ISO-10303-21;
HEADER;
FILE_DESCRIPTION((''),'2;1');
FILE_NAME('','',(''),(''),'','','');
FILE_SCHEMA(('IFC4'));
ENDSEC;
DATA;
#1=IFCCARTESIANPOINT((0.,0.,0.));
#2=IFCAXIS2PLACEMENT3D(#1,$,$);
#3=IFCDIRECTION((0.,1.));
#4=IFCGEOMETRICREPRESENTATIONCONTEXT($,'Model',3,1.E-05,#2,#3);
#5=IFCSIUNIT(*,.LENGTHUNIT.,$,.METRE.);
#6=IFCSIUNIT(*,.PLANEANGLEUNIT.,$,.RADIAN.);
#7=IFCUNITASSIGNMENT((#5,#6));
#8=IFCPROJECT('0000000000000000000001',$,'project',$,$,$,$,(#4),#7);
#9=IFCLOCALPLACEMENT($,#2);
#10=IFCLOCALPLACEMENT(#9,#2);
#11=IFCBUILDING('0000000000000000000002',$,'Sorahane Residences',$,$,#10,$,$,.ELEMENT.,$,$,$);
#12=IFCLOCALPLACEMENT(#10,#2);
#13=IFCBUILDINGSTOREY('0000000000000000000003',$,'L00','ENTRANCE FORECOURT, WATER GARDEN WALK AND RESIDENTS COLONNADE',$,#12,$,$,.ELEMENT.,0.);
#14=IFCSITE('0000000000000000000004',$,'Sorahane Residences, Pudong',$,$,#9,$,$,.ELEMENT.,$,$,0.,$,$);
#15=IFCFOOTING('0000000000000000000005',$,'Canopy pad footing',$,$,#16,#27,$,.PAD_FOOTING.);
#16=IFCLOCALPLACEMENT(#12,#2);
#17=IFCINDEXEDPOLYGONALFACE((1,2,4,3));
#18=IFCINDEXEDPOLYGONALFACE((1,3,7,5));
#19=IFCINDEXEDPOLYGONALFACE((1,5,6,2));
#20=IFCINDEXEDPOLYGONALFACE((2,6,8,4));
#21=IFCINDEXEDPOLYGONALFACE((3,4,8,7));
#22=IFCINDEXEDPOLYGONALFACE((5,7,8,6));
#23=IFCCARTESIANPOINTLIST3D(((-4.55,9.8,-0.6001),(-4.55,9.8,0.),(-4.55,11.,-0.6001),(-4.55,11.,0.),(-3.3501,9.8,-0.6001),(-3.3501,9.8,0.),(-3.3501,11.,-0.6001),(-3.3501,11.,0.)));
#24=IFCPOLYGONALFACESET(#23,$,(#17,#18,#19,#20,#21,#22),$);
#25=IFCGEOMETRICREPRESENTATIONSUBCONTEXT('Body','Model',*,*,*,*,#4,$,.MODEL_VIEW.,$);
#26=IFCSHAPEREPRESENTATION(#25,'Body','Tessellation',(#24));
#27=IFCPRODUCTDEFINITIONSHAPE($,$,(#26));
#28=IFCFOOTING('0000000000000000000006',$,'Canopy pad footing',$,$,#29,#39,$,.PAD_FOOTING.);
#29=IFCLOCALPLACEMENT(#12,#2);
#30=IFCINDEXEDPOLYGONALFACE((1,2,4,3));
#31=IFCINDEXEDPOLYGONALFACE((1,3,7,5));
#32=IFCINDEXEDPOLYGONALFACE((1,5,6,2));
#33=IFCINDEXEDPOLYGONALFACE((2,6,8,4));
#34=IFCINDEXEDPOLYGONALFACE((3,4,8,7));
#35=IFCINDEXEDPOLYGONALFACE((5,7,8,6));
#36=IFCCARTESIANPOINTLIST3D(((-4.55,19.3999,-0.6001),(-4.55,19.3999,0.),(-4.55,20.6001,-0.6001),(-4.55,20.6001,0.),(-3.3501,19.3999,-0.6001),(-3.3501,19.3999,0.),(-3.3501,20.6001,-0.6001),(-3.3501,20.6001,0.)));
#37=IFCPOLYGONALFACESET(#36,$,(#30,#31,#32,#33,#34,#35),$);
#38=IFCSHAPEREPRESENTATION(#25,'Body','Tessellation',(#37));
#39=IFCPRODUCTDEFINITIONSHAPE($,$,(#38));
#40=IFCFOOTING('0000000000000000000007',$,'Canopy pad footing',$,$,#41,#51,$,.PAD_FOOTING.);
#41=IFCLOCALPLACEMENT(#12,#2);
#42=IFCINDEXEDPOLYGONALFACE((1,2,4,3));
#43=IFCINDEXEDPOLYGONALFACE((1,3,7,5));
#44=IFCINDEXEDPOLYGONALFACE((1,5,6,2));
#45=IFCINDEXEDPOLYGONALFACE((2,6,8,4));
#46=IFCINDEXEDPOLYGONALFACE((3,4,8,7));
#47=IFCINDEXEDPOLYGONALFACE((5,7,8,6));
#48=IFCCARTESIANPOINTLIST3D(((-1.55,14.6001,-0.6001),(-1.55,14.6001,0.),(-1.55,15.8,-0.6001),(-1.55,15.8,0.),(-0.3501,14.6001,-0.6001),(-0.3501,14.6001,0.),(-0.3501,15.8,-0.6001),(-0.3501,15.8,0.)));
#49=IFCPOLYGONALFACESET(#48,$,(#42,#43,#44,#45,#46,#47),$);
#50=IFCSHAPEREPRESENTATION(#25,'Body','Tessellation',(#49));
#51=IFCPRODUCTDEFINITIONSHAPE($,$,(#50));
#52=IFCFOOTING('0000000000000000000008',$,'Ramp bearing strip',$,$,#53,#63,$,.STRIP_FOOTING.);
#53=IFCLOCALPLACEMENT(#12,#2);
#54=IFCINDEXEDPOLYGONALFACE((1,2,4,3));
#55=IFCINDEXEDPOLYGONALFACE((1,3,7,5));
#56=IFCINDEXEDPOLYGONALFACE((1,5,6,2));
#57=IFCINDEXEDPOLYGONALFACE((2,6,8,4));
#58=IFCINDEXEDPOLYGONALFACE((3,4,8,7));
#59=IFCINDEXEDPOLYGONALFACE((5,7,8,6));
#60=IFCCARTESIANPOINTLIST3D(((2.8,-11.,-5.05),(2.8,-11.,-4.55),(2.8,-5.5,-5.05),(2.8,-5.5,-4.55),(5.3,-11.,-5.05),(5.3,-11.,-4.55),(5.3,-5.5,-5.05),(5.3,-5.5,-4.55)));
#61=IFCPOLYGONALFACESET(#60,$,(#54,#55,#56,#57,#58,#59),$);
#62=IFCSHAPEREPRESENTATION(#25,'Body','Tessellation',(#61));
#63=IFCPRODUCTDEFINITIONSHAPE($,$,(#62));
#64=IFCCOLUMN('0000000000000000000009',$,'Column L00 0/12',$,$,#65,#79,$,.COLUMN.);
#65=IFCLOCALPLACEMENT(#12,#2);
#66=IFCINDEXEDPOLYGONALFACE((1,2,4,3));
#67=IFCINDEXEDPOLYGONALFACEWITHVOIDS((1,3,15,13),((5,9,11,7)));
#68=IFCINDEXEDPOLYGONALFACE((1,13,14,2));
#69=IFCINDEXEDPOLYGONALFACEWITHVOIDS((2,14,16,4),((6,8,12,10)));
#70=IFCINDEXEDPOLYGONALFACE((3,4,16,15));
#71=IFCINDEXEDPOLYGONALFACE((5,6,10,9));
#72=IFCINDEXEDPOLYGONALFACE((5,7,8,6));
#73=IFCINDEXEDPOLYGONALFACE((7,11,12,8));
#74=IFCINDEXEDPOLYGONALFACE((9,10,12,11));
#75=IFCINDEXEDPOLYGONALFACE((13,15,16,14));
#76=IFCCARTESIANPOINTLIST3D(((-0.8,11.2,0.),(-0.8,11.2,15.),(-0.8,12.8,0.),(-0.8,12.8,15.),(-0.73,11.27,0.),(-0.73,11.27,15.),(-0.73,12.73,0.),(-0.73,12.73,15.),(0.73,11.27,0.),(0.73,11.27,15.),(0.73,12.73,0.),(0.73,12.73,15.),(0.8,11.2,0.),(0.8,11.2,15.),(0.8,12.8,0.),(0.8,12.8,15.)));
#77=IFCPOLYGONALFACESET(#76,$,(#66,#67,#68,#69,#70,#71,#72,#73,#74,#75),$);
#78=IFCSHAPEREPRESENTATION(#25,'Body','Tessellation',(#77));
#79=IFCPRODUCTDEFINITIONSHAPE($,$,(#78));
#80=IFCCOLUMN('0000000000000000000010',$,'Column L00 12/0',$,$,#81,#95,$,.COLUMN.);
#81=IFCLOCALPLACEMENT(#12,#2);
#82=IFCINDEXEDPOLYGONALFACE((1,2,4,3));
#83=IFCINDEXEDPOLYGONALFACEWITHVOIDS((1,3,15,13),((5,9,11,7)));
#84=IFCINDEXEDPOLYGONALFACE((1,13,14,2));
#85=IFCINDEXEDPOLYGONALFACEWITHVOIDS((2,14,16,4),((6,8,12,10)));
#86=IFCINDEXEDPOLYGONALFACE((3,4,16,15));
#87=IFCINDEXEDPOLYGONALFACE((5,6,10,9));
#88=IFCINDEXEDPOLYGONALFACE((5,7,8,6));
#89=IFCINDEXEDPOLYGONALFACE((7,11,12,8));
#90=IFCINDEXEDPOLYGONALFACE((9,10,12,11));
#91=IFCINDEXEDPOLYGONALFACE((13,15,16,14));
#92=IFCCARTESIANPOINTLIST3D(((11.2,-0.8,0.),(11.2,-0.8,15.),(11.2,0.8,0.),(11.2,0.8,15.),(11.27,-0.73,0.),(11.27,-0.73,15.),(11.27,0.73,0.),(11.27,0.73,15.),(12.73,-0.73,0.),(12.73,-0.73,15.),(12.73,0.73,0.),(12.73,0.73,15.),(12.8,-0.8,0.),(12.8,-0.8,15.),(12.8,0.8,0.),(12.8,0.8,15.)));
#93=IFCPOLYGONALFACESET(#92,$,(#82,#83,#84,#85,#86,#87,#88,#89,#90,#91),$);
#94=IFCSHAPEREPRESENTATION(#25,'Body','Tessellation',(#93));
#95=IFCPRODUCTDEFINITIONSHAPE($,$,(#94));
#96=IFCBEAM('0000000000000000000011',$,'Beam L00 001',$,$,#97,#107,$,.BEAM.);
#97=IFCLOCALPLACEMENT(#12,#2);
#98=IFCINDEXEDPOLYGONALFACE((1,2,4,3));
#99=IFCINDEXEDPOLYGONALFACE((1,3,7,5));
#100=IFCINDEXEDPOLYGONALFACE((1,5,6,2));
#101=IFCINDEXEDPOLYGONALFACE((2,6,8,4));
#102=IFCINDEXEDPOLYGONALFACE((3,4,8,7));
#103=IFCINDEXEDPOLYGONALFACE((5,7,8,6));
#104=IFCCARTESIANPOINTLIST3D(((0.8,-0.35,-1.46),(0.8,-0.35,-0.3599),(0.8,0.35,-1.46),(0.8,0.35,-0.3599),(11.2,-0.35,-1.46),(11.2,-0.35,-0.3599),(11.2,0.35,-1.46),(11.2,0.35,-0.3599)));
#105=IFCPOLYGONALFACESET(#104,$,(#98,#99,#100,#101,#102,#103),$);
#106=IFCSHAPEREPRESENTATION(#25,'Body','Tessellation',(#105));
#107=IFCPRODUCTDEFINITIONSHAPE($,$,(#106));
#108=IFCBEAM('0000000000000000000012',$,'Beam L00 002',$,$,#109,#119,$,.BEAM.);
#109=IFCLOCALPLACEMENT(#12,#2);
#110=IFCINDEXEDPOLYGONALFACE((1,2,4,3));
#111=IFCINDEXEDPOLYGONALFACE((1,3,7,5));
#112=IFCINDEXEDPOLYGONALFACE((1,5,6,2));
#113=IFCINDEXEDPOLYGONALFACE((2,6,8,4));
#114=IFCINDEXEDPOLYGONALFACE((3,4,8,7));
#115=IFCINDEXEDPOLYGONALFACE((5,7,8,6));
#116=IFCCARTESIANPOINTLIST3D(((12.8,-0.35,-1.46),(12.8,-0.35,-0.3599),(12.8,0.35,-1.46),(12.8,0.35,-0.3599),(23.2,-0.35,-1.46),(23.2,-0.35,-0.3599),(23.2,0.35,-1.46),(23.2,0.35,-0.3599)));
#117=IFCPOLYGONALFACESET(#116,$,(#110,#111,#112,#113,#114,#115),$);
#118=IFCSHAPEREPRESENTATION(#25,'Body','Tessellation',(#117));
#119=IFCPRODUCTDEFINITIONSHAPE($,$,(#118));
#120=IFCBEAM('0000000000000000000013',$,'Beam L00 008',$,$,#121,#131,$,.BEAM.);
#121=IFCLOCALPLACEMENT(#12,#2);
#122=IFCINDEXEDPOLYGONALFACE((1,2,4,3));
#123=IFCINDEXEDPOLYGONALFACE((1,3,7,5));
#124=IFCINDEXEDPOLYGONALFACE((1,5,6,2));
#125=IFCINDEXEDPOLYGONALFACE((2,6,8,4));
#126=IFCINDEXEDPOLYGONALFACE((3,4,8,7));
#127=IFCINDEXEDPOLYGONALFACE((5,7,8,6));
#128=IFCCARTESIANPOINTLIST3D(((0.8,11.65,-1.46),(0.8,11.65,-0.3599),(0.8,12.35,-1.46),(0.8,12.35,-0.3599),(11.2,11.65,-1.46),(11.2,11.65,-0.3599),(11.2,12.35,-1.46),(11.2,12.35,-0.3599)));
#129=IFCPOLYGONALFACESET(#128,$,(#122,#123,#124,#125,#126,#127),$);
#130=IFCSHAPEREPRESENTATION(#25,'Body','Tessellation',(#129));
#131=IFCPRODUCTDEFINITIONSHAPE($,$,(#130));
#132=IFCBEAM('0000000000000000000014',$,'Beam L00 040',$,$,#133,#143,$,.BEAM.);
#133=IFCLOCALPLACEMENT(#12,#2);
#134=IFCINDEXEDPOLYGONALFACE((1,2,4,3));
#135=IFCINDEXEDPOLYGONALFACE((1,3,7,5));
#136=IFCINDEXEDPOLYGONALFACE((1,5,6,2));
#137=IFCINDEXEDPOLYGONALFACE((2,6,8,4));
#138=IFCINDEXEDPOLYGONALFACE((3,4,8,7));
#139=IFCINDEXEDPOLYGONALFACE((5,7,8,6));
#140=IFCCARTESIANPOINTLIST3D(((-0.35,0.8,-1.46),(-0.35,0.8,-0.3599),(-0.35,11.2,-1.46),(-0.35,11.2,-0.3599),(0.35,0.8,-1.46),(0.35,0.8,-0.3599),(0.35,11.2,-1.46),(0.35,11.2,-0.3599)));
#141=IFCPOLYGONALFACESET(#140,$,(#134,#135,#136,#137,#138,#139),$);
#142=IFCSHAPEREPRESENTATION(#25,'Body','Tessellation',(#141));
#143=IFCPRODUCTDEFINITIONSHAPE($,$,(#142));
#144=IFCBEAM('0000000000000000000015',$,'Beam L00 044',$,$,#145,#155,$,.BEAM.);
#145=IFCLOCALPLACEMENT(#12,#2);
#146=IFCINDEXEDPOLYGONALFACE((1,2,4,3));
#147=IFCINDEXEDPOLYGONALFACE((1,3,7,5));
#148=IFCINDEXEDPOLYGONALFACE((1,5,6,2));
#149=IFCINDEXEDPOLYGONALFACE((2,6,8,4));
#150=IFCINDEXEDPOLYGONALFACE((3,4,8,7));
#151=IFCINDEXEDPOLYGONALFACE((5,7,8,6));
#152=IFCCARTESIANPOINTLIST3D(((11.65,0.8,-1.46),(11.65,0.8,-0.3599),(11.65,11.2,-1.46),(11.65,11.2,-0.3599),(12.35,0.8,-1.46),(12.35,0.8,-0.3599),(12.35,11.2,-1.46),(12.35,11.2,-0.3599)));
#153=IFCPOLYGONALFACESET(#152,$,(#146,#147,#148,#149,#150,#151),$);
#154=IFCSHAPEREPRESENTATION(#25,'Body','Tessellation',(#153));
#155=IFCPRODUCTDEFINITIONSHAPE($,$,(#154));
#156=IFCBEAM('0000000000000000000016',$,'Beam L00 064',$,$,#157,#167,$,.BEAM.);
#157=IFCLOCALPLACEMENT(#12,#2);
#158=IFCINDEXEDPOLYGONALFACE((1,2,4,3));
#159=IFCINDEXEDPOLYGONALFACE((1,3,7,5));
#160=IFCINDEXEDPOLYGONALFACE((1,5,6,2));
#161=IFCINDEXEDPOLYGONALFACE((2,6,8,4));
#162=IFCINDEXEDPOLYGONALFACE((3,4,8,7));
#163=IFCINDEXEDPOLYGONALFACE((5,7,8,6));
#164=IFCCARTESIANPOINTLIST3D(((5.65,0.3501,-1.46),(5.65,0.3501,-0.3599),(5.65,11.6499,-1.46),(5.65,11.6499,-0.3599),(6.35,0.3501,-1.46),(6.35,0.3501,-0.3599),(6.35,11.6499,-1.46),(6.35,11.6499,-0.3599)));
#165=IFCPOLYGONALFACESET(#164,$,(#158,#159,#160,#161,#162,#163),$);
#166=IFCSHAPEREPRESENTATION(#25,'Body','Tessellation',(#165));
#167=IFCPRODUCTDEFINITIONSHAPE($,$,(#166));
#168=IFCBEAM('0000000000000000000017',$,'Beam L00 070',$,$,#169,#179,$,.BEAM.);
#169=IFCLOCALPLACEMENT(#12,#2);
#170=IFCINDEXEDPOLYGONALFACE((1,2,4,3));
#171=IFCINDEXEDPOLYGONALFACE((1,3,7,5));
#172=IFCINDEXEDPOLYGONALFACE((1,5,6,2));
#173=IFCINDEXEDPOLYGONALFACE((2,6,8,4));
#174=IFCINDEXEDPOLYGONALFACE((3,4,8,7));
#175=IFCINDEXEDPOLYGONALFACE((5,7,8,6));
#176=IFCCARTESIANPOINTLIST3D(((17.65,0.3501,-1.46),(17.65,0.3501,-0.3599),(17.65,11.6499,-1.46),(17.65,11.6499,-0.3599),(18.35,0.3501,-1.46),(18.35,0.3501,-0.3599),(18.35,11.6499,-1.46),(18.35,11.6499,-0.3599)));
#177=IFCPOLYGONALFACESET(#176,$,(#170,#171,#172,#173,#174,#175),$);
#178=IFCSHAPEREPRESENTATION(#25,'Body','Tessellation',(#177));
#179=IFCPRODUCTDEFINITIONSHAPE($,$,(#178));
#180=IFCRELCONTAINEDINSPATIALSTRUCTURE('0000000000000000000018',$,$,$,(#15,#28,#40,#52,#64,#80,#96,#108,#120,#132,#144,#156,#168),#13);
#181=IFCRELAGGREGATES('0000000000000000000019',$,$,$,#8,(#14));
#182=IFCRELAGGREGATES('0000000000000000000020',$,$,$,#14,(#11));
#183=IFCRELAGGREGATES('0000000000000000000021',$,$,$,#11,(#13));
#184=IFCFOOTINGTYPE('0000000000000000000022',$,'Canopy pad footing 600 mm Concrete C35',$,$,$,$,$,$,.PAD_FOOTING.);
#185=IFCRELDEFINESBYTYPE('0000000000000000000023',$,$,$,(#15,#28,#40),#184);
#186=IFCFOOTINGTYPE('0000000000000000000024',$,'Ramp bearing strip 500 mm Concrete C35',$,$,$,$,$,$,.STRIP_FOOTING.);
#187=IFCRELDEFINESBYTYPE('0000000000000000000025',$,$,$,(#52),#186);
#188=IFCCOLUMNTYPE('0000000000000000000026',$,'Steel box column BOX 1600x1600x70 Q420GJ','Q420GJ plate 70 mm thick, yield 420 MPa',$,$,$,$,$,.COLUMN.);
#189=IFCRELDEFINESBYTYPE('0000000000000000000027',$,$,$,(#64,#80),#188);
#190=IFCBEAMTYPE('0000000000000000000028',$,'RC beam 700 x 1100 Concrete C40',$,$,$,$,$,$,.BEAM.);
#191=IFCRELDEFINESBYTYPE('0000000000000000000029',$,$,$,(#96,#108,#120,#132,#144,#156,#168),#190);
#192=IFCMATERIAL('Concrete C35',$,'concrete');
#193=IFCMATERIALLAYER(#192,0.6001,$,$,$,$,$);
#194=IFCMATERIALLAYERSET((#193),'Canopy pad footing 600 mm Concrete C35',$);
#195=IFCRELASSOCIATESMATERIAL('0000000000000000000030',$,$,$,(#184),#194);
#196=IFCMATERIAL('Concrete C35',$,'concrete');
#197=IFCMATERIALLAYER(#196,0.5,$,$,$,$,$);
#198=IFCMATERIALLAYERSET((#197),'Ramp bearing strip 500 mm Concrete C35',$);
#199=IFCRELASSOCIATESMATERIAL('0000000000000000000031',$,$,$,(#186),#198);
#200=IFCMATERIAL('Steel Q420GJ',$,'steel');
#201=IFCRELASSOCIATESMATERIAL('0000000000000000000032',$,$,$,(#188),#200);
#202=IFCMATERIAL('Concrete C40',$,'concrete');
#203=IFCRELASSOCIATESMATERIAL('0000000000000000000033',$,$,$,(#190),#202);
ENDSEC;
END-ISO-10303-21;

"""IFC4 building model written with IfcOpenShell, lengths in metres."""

from ifc_helpers import new_model, si_unit, direction, frame, origin, origin_2d, place, context, subcontext, project, spatial, polyline, rectangle, hollow_rectangle, outline, extrude, material, layer, layer_set, material_profile, profile_set, type_object, element, save


model = new_model("IFC4")

# Units and contexts
model_context = context("Model", 3, precision=1e-05, world=origin(), true_north=direction((0.0, 1.0)))
body_context = subcontext(model_context, "Body", "Model", "MODEL_VIEW")
ifc_project = project(units=[si_unit("LENGTHUNIT", "METRE"), si_unit("PLANEANGLEUNIT", "RADIAN")], contexts=[model_context])

# Site, building, storey
site_placement = place(None, origin())
site = spatial("IfcSite", under=ifc_project, at=site_placement, Name="Sorahane Residences, Pudong", CompositionType="ELEMENT", RefElevation=0.0)
building_placement = place(site_placement, origin())
building = spatial("IfcBuilding", under=site, at=building_placement, Name="Sorahane Residences", CompositionType="ELEMENT")
storey_placement = place(building_placement, origin())
storey = spatial("IfcBuildingStorey", under=building, at=storey_placement, Name="L00", Description="ENTRANCE FORECOURT, WATER GARDEN WALK AND RESIDENTS COLONNADE", CompositionType="ELEMENT", Elevation=0.0)

# Footings
ifc_material_1 = material(Name="Concrete C35", Category="concrete")
ifc_layer_1 = layer(ifc_material_1, 0.6001)
ifc_layer_set_1 = layer_set([ifc_layer_1], Name="Canopy pad footing 600 mm Concrete C35")
footing_type_1 = type_object("IfcFootingType", Name="Canopy pad footing 600 mm Concrete C35", PredefinedType="PAD_FOOTING", material=ifc_layer_set_1)
footing_1_placement = place(storey_placement, frame((0.0, 0.0, -0.6001)))
element("IfcFooting", 1, at=footing_1_placement, inside=storey, type_object=footing_type_1, Name="Canopy pad footing", PredefinedType="PAD_FOOTING", context=body_context, shape_type="SweptSolid", body=[
    extrude(outline(polyline([(-4.55, 9.8), (-3.3501, 9.8), (-3.3501, 11.0), (-4.55, 11.0), (-4.55, 9.8)])), origin(), (0.0, 0.0, 1.0), 0.6001),
])
footing_2_placement = place(storey_placement, frame((0.0, 0.0, -0.6001)))
element("IfcFooting", 2, at=footing_2_placement, inside=storey, type_object=footing_type_1, Name="Canopy pad footing", PredefinedType="PAD_FOOTING", context=body_context, shape_type="SweptSolid", body=[
    extrude(outline(polyline([(-4.55, 19.3999), (-3.3501, 19.3999), (-3.3501, 20.6001), (-4.55, 20.6001), (-4.55, 19.3999)])), origin(), (0.0, 0.0, 1.0), 0.6001),
])
footing_3_placement = place(storey_placement, frame((0.0, 0.0, -0.6001)))
element("IfcFooting", 3, at=footing_3_placement, inside=storey, type_object=footing_type_1, Name="Canopy pad footing", PredefinedType="PAD_FOOTING", context=body_context, shape_type="SweptSolid", body=[
    extrude(outline(polyline([(-1.55, 14.6001), (-0.3501, 14.6001), (-0.3501, 15.8), (-1.55, 15.8), (-1.55, 14.6001)])), origin(), (0.0, 0.0, 1.0), 0.6001),
])
ifc_material_2 = material(Name="Concrete C35", Category="concrete")
ifc_layer_2 = layer(ifc_material_2, 0.5)
ifc_layer_set_2 = layer_set([ifc_layer_2], Name="Ramp bearing strip 500 mm Concrete C35")
footing_type_2 = type_object("IfcFootingType", Name="Ramp bearing strip 500 mm Concrete C35", PredefinedType="STRIP_FOOTING", material=ifc_layer_set_2)
footing_4_placement = place(storey_placement, frame((0.0, 0.0, -5.05)))
element("IfcFooting", 4, at=footing_4_placement, inside=storey, type_object=footing_type_2, Name="Ramp bearing strip", PredefinedType="STRIP_FOOTING", context=body_context, shape_type="SweptSolid", body=[
    extrude(outline(polyline([(2.8, -11.0), (5.3, -11.0), (5.3, -5.5), (2.8, -5.5), (2.8, -11.0)])), origin(), (0.0, 0.0, 1.0), 0.5),
])

# Columns
ifc_material_3 = material(Name="Steel Q420GJ", Category="steel")
ifc_material_profile_1 = material_profile(ifc_material_3, hollow_rectangle(XDim=1.6001, YDim=1.6001, WallThickness=0.0701, at=origin_2d()), Name="BOX 1600x1600x70")
ifc_profile_set_1 = profile_set([ifc_material_profile_1], Name="Steel Q420GJ")
column_type = type_object("IfcColumnType", Name="Steel box column BOX 1600x1600x70 Q420GJ", Description="Q420GJ plate 70 mm thick, yield 420 MPa", PredefinedType="COLUMN", material=ifc_profile_set_1)
for number, where, z_axis, x_axis, name in (
    (5, (0.0, 12.0, 0.0), (0.0, 0.0, 1.0), (1.0, 0.0, 0.0), "Column L00 0/12"),
    (6, (12.0, 0.0, 0.0), (0.0, 0.0, 1.0), (1.0, 0.0, 0.0), "Column L00 12/0"),
):
    element("IfcColumn", number, at=place(storey_placement, frame(where, z_axis=z_axis, x_axis=x_axis)), inside=storey, type_object=column_type, Name=name, PredefinedType="COLUMN", context=body_context, shape_type="SweptSolid", body=[
        extrude(hollow_rectangle(XDim=1.6001, YDim=1.6001, WallThickness=0.0701, at=origin_2d()), origin(), (0.0, 0.0, 1.0), 15.0),
    ])

# Beams
ifc_material_4 = material(Name="Concrete C40", Category="concrete")
ifc_material_profile_2 = material_profile(ifc_material_4, rectangle(XDim=0.7, YDim=1.1001, at=origin_2d()), Name="700x1100")
ifc_profile_set_2 = profile_set([ifc_material_profile_2], Name="Concrete C40")
beam_type = type_object("IfcBeamType", Name="RC beam 700 x 1100 Concrete C40", PredefinedType="BEAM", material=ifc_profile_set_2)
for number, where, z_axis, x_axis, name in (
    (7, (0.8, 0.0, -0.9099), (1.0, 0.0, 0.0), (0.0, 1.0, 0.0), "Beam L00 001"),
    (8, (12.8, 0.0, -0.9099), (1.0, 0.0, 0.0), (0.0, 1.0, 0.0), "Beam L00 002"),
    (9, (0.8, 12.0, -0.9099), (1.0, 0.0, 0.0), (0.0, 1.0, 0.0), "Beam L00 008"),
    (10, (0.0, 0.8, -0.9099), (0.0, 1.0, 0.0), (-1.0, 0.0, 0.0), "Beam L00 040"),
    (11, (12.0, 0.8, -0.9099), (0.0, 1.0, 0.0), (-1.0, 0.0, 0.0), "Beam L00 044"),
):
    element("IfcBeam", number, at=place(storey_placement, frame(where, z_axis=z_axis, x_axis=x_axis)), inside=storey, type_object=beam_type, Name=name, PredefinedType="BEAM", context=body_context, shape_type="SweptSolid", body=[
        extrude(rectangle(XDim=0.7, YDim=1.1001, at=origin_2d()), origin(), (0.0, 0.0, 1.0), 10.3999),
    ])
for number, where, z_axis, x_axis, name in (
    (12, (6.0, 0.3501, -0.9099), (0.0, 1.0, 0.0), (-1.0, 0.0, 0.0), "Beam L00 064"),
    (13, (18.0, 0.3501, -0.9099), (0.0, 1.0, 0.0), (-1.0, 0.0, 0.0), "Beam L00 070"),
):
    element("IfcBeam", number, at=place(storey_placement, frame(where, z_axis=z_axis, x_axis=x_axis)), inside=storey, type_object=beam_type, Name=name, PredefinedType="BEAM", context=body_context, shape_type="SweptSolid", body=[
        extrude(rectangle(XDim=0.7, YDim=1.1001, at=origin_2d()), origin(), (0.0, 0.0, 1.0), 11.2998),
    ])

save(model, "model.ifc")
